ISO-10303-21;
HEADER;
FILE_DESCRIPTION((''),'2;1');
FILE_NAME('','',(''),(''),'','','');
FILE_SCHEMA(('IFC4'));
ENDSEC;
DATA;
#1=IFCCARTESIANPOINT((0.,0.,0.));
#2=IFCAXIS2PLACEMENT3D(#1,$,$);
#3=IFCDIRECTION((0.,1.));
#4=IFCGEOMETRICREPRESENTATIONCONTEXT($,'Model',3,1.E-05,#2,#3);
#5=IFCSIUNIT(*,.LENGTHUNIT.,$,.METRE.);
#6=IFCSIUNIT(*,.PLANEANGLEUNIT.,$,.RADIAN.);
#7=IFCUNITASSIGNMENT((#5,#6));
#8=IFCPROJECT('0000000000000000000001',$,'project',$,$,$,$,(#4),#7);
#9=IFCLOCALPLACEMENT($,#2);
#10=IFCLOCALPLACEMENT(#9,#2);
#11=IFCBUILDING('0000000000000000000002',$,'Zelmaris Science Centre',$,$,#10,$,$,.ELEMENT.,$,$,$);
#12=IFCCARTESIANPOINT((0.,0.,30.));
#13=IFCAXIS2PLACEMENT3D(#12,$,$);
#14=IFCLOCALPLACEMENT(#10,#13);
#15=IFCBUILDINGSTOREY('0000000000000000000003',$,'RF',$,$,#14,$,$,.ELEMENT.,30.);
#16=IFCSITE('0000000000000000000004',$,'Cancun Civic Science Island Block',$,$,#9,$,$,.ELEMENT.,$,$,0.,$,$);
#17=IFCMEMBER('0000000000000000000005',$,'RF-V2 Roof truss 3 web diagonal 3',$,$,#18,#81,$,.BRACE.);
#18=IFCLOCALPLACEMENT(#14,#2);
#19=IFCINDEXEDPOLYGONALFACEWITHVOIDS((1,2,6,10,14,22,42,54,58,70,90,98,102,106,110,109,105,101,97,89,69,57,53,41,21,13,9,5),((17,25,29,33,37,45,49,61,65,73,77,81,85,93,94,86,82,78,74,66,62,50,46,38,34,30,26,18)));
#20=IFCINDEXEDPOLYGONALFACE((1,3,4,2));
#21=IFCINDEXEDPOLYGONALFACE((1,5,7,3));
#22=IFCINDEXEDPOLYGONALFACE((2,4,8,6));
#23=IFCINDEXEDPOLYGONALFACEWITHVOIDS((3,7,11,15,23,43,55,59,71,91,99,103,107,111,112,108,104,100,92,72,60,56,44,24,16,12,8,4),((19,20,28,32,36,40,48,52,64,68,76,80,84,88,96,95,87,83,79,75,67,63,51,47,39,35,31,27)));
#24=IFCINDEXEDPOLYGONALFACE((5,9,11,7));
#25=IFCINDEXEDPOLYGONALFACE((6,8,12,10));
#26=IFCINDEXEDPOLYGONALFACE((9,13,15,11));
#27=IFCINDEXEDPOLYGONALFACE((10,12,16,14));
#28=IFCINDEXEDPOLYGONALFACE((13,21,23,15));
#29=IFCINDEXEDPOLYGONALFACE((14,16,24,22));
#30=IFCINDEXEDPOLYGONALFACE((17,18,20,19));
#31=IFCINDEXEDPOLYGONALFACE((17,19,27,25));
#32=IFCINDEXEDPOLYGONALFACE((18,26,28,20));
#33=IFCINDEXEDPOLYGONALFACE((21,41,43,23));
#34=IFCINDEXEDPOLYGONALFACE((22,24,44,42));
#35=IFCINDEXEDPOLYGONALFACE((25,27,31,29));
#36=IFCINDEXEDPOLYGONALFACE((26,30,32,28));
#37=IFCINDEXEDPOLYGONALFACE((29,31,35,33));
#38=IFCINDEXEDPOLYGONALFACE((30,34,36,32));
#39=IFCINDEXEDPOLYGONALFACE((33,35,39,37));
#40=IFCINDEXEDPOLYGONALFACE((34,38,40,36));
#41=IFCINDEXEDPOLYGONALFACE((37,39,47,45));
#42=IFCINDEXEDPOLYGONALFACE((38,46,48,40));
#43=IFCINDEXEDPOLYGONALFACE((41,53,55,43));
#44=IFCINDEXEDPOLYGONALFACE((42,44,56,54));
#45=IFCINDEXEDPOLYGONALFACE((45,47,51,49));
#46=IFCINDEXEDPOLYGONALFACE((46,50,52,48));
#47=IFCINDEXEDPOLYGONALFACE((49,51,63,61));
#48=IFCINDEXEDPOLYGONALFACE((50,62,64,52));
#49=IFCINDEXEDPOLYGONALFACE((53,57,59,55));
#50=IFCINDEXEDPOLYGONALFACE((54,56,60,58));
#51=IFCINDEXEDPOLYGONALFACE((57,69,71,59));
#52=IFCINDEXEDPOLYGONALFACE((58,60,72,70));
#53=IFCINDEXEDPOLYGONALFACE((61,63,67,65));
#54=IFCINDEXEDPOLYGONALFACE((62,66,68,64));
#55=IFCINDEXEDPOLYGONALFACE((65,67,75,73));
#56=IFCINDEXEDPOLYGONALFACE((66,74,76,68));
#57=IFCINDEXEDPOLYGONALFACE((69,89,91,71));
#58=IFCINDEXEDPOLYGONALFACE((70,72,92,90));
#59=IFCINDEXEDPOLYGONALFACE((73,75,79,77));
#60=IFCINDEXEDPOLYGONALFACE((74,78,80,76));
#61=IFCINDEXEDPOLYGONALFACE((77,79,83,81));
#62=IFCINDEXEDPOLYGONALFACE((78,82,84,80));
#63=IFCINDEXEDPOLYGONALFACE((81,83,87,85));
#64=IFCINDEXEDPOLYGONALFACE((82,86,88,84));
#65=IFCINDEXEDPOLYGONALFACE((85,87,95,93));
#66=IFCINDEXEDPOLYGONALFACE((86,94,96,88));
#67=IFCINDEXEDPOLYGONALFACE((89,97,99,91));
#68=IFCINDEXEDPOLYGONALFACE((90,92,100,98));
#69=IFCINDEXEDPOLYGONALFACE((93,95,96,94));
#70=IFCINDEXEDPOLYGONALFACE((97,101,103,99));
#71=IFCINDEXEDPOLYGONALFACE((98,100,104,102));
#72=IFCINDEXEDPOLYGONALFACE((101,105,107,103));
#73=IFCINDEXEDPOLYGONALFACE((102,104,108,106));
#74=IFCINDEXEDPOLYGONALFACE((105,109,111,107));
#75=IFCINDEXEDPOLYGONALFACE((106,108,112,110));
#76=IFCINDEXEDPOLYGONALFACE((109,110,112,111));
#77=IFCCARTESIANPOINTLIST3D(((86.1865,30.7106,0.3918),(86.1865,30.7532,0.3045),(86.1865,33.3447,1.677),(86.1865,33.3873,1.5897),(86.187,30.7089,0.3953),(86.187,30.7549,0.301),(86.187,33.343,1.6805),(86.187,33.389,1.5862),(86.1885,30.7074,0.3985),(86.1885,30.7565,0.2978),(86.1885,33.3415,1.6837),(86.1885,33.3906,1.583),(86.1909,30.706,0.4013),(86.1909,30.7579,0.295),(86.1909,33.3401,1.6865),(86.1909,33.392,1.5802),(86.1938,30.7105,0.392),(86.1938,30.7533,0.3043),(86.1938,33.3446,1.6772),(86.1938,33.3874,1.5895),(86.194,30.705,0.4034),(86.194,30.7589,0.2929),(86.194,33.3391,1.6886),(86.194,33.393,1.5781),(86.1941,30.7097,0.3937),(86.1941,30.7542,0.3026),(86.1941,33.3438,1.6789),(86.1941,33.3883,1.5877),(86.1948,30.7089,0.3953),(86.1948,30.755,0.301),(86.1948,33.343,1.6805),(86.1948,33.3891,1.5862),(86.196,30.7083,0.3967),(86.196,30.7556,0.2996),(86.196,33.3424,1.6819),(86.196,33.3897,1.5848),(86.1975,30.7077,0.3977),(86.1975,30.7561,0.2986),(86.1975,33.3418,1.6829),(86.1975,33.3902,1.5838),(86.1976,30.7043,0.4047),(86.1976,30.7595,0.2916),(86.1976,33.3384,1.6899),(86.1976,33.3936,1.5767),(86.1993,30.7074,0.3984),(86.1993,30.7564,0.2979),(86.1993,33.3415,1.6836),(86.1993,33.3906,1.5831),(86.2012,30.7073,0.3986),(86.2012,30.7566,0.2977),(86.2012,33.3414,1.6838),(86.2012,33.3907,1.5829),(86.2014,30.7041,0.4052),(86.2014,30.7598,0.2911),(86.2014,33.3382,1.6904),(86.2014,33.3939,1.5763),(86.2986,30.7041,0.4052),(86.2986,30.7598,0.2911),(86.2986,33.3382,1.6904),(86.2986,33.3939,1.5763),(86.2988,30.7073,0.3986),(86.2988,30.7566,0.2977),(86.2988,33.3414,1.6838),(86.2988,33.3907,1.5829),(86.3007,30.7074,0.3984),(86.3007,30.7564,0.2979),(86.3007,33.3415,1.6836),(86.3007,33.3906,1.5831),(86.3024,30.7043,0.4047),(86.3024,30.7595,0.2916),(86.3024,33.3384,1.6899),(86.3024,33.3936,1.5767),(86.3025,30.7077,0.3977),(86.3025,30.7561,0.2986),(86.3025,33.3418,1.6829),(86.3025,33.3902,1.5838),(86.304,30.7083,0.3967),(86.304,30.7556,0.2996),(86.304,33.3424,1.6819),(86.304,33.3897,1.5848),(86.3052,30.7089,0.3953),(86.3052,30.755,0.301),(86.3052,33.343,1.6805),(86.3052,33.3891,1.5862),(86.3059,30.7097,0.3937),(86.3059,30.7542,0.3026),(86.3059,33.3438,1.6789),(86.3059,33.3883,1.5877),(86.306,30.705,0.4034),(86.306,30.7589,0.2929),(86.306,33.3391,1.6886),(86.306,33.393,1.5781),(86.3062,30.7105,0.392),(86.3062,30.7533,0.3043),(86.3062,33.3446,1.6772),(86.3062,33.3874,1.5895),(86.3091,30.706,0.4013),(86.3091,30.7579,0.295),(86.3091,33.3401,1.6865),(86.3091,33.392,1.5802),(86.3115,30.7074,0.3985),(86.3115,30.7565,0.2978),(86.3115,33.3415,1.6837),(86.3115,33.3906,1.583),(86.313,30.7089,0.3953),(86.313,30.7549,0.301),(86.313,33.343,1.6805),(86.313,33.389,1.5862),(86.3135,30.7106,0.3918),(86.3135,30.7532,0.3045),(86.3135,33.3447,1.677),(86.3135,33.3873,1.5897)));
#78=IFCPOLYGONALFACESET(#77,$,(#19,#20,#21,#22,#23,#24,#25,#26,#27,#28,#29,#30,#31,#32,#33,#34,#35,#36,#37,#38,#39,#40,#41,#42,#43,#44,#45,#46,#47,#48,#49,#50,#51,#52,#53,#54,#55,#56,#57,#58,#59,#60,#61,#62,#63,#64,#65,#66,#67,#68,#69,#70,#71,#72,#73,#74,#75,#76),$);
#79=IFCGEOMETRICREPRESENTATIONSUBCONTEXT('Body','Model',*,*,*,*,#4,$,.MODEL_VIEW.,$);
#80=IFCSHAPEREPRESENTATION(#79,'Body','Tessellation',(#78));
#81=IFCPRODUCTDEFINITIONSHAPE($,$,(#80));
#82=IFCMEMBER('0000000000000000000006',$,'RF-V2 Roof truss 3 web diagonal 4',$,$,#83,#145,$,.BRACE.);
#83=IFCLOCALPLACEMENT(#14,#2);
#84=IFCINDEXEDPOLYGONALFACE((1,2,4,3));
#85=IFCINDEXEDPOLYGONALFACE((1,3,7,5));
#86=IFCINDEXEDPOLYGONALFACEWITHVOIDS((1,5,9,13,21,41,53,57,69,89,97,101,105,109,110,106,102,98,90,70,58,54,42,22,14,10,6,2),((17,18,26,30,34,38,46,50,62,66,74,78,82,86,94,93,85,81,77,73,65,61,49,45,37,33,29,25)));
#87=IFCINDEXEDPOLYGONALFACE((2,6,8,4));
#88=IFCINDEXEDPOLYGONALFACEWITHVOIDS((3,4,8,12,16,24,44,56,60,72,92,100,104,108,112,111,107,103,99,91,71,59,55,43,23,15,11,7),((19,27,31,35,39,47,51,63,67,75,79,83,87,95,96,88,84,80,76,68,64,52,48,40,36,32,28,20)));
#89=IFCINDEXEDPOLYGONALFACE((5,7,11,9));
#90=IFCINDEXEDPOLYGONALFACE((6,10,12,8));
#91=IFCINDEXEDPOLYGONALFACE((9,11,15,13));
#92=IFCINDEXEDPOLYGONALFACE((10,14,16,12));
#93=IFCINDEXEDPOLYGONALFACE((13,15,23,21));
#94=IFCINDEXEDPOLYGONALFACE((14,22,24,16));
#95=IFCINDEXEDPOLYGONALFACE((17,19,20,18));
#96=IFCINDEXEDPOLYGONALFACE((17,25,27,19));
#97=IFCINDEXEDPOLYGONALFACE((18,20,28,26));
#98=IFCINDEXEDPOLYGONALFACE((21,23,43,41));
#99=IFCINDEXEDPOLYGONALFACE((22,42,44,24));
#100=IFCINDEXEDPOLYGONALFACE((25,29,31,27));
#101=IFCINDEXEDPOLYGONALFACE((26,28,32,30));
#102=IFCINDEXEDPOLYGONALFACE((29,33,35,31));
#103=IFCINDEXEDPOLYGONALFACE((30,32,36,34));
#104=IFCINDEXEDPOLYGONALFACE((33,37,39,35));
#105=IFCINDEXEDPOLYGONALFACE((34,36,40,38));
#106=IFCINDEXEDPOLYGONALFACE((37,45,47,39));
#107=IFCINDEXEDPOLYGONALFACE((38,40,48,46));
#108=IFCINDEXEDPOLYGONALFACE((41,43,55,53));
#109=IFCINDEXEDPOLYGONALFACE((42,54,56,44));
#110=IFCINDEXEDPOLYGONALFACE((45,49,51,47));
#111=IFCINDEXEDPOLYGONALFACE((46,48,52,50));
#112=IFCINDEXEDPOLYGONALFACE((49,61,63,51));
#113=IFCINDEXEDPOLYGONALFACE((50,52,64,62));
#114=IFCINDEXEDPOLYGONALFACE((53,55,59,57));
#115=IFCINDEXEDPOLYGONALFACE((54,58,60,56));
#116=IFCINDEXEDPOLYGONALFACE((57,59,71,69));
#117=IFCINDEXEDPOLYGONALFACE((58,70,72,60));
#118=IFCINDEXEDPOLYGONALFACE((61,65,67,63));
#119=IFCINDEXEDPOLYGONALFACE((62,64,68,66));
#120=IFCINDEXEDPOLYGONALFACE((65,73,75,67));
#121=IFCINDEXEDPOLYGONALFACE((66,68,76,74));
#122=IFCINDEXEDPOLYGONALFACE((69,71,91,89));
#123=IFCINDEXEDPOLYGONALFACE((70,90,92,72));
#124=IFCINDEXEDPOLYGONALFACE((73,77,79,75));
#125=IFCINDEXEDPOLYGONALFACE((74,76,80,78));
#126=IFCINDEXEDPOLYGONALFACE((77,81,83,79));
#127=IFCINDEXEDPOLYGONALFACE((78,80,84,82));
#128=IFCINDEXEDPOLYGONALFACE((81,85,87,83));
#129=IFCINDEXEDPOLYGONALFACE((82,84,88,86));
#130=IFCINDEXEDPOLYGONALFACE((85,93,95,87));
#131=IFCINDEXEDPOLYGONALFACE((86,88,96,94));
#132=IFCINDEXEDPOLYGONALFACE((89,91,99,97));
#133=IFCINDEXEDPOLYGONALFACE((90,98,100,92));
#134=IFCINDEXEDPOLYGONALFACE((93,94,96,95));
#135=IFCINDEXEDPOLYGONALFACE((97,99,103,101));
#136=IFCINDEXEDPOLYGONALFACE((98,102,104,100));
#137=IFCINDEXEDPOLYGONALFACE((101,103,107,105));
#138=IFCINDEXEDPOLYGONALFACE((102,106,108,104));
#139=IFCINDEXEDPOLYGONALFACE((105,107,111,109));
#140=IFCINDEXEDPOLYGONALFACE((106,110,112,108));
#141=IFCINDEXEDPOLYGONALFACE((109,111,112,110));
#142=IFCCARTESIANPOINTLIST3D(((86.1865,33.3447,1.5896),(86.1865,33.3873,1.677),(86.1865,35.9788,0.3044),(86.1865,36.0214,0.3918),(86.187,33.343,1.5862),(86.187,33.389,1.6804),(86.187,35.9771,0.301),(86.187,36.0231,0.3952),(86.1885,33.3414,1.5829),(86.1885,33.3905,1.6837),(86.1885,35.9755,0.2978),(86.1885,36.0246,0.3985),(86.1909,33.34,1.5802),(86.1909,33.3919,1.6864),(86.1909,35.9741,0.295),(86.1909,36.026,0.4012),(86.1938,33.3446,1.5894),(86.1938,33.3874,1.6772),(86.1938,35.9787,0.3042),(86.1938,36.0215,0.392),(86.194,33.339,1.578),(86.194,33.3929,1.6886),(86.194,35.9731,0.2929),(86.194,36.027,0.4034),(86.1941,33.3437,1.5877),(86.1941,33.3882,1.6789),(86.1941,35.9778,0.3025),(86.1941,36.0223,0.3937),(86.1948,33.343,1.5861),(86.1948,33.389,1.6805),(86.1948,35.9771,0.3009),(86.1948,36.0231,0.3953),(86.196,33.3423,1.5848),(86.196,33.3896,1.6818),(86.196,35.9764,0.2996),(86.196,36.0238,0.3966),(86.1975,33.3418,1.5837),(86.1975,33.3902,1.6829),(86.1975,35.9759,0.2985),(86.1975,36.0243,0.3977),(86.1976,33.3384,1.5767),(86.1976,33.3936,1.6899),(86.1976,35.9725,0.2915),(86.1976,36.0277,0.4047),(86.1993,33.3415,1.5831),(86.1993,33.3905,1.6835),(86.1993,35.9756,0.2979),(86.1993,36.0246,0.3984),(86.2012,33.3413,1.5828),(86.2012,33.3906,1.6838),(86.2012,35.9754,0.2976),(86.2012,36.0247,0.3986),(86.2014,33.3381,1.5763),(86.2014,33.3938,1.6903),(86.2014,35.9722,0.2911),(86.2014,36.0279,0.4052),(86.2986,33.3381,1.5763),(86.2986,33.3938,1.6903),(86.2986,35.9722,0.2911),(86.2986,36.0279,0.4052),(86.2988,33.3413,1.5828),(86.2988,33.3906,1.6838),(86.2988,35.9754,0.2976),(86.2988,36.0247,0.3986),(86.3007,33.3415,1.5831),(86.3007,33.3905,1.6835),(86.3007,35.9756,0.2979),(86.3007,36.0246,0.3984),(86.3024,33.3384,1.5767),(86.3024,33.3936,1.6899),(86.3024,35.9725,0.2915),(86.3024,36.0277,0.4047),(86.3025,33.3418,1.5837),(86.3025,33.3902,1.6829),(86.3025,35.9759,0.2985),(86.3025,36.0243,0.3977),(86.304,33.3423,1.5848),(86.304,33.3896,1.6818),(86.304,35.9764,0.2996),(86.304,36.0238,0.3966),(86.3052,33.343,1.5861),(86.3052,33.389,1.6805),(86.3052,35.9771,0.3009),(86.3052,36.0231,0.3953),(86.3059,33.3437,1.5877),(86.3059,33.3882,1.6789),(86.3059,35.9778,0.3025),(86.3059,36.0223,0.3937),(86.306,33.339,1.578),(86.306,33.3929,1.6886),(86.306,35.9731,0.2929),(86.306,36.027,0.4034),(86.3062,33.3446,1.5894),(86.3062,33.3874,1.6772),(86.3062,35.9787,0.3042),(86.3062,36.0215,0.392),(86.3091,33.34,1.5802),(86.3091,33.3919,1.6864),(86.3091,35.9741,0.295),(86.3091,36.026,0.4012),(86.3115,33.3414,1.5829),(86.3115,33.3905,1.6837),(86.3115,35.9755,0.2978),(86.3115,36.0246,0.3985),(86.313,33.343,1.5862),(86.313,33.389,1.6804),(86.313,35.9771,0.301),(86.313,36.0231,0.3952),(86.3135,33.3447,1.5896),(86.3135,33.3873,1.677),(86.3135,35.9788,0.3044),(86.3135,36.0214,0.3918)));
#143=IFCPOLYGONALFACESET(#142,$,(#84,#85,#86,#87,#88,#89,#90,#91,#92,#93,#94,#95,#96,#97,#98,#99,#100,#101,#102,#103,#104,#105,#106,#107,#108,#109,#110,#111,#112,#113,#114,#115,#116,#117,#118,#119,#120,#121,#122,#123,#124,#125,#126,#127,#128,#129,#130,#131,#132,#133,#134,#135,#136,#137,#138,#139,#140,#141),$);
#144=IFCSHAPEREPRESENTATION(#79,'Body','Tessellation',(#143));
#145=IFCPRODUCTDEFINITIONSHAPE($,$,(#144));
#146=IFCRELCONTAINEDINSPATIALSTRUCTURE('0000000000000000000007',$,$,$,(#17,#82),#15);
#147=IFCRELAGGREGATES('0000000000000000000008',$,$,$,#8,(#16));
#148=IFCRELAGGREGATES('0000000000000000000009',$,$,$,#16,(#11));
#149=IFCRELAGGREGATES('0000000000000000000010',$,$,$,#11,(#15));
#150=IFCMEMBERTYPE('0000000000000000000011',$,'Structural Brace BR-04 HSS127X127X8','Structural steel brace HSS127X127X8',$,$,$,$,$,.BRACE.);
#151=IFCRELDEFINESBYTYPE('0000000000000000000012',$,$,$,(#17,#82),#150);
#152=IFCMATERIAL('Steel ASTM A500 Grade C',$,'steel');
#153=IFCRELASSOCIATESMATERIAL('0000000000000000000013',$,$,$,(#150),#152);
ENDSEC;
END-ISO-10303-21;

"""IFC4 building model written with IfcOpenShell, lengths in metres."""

from ifc_helpers import new_model, si_unit, direction, frame, origin, origin_2d, place, context, subcontext, project, spatial, hollow_rectangle, extrude, material, material_profile, profile_set, type_object, element, save


model = new_model("IFC4")

# Units and contexts
model_context = context("Model", 3, precision=1e-05, world=origin(), true_north=direction((0.0, 1.0)))
body_context = subcontext(model_context, "Body", "Model", "MODEL_VIEW")
ifc_project = project(units=[si_unit("LENGTHUNIT", "METRE"), si_unit("PLANEANGLEUNIT", "RADIAN")], contexts=[model_context])

# Site, building, storey
site_placement = place(None, origin())
site = spatial("IfcSite", under=ifc_project, at=site_placement, Name="Cancun Civic Science Island Block", CompositionType="ELEMENT", RefElevation=0.0)
building_placement = place(site_placement, origin())
building = spatial("IfcBuilding", under=site, at=building_placement, Name="Zelmaris Science Centre", CompositionType="ELEMENT")
storey_placement = place(building_placement, frame((0.0, 0.0, 30.0)))
storey = spatial("IfcBuildingStorey", under=building, at=storey_placement, Name="RF", CompositionType="ELEMENT", Elevation=30.0)

# Shared definitions
ifc_material_1 = material(Name="Steel ASTM A500 Grade C", Category="steel")

# Members
ifc_material_profile_1 = material_profile(ifc_material_1, hollow_rectangle(XDim=0.127, YDim=0.127, WallThickness=0.0073, InnerFilletRadius=0.0073, OuterFilletRadius=0.0149, at=origin_2d()), Name="HSS127X127X8")
ifc_profile_set_1 = profile_set([ifc_material_profile_1], Name="Steel ASTM A500 Grade C")
member_type_1 = type_object("IfcMemberType", Name="Structural Brace BR-04 HSS127X127X8", Description="Structural steel brace HSS127X127X8", PredefinedType="BRACE", material=ifc_profile_set_1)
for number, where, z_axis, x_axis, name in (
    (1, (86.25, 30.7319, 0.3481), (0.0, 0.898733, 0.438496), (-1.0, 0.0, 0.0), "RF-V2 Roof truss 3 web diagonal 3"),
    (2, (86.25, 33.366, 1.6333), (0.0, 0.898733, -0.438496), (-1.0, 0.0, 0.0), "RF-V2 Roof truss 3 web diagonal 4"),
):
    element("IfcMember", number, at=place(storey_placement, frame(where, z_axis=z_axis, x_axis=x_axis)), inside=storey, type_object=member_type_1, Name=name, PredefinedType="BRACE", context=body_context, shape_type="SweptSolid", body=[
        extrude(hollow_rectangle(XDim=0.127, YDim=0.127, WallThickness=0.0073, InnerFilletRadius=0.0073, OuterFilletRadius=0.0149, at=origin_2d()), origin(), (0.0, 0.0, 1.0), 2.9309),
    ])

save(model, "model.ifc")
